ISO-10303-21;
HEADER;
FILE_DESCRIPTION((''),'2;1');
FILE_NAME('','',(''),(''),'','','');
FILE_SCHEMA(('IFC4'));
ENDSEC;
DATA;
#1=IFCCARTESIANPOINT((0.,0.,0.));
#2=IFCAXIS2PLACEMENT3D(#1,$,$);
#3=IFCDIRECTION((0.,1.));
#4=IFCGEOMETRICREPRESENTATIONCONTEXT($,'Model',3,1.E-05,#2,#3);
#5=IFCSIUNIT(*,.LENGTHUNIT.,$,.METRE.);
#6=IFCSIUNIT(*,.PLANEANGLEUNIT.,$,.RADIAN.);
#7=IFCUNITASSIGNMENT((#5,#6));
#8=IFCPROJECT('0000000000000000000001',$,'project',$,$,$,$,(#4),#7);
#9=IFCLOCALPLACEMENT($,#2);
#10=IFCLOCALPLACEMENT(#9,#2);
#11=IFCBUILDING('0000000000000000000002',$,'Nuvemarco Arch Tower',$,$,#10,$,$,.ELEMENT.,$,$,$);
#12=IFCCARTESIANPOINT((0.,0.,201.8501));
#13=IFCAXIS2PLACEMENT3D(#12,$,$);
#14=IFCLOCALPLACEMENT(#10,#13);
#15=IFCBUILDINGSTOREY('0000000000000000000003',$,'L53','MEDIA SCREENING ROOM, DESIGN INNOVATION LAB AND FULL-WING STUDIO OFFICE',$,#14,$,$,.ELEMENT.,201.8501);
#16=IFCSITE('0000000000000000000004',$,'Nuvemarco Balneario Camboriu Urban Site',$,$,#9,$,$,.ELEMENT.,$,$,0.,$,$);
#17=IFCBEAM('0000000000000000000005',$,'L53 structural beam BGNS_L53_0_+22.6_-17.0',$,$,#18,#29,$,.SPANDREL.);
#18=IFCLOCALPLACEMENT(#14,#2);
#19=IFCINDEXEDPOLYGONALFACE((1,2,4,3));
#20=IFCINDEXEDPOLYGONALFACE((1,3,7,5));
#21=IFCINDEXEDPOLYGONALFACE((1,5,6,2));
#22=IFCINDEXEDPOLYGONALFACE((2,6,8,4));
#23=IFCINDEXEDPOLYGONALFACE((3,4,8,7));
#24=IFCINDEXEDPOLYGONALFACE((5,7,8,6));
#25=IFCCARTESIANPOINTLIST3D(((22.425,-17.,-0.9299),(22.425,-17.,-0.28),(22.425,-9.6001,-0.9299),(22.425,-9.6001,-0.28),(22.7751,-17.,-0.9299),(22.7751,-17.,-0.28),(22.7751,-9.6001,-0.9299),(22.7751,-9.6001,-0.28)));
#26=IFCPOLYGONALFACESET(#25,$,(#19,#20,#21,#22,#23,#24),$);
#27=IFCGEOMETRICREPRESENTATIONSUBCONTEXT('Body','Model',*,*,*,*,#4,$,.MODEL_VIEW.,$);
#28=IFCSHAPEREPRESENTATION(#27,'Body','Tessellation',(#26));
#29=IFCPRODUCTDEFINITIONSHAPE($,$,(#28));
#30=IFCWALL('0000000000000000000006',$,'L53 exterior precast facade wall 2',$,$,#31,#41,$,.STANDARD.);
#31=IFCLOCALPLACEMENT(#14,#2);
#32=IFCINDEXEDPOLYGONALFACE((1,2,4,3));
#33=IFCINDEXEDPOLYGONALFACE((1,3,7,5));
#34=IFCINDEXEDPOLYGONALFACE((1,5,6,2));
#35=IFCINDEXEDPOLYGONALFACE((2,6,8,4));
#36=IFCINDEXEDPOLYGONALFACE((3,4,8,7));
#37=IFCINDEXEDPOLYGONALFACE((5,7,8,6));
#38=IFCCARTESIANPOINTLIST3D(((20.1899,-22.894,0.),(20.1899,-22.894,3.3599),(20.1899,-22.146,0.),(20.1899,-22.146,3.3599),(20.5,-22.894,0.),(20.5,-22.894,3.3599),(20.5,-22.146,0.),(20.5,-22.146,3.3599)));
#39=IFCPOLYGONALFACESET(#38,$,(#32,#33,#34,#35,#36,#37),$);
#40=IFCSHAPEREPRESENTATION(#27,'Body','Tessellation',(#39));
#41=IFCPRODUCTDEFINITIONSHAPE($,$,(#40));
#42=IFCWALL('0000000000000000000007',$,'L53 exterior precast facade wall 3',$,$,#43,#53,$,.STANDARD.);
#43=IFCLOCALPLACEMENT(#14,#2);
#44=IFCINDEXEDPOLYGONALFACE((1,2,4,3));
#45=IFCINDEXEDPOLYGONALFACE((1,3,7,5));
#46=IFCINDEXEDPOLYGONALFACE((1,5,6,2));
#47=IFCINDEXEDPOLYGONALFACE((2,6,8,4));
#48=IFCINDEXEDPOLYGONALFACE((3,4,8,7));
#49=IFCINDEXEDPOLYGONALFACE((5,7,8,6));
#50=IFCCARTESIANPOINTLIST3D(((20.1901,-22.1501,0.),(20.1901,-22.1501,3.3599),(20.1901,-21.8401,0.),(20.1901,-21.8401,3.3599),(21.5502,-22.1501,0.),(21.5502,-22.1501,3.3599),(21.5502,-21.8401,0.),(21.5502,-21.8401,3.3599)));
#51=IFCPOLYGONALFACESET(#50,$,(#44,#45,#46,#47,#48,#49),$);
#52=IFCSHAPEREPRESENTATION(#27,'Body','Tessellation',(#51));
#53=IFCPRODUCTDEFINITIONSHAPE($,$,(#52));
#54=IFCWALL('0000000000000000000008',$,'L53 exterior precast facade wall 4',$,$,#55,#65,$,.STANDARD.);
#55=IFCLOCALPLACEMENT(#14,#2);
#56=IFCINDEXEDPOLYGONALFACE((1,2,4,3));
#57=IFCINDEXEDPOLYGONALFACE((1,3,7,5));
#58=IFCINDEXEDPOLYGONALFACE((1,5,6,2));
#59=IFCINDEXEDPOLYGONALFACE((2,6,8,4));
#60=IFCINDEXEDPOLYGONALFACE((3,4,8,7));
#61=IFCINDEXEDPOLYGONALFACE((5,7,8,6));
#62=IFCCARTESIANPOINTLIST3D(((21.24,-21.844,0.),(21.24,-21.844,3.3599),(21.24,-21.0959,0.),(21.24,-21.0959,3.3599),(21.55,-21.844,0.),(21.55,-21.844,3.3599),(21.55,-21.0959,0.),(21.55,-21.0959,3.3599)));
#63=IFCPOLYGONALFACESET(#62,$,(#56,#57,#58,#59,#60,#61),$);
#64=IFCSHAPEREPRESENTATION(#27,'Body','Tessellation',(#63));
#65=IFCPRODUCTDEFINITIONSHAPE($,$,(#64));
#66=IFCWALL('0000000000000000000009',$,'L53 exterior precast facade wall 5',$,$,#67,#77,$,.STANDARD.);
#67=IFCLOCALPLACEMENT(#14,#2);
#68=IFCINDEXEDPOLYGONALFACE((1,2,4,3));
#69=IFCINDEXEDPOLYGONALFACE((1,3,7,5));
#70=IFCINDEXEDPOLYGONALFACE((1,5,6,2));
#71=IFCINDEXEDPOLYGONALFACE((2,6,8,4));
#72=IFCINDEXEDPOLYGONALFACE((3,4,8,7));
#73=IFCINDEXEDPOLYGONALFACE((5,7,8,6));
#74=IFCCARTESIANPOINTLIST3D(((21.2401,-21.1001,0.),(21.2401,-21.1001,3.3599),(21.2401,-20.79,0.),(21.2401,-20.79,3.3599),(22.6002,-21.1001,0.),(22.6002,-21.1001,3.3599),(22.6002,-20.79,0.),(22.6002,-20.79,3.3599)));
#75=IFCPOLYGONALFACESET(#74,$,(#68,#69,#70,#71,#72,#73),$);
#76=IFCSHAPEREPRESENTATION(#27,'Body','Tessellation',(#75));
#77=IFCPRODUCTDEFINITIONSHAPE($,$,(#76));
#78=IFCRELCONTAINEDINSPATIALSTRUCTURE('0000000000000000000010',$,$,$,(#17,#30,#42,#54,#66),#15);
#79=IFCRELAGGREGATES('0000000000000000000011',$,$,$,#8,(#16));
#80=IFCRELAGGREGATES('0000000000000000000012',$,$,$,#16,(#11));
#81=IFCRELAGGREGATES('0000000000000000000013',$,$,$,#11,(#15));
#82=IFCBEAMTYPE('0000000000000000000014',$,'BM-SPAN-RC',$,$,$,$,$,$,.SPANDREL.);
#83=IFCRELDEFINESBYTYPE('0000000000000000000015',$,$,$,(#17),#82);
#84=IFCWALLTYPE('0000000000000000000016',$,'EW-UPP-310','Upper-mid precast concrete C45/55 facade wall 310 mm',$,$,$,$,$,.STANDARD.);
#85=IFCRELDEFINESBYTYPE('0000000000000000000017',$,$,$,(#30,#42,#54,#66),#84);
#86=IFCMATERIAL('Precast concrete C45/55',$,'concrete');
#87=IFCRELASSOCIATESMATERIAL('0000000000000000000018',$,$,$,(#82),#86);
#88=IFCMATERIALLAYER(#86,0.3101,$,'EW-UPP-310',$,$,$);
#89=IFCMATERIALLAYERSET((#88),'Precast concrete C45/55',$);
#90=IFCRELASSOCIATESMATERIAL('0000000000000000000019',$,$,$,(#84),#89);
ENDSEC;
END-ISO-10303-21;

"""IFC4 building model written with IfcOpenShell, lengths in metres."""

from ifc_helpers import new_model, si_unit, direction, frame, frame_2d, origin, origin_2d, place, context, subcontext, project, spatial, rectangle, extrude, material, layer, layer_set, material_profile, profile_set, type_object, element, save


model = new_model("IFC4")

# Units and contexts
model_context = context("Model", 3, precision=1e-05, world=origin(), true_north=direction((0.0, 1.0)))
body_context = subcontext(model_context, "Body", "Model", "MODEL_VIEW")
ifc_project = project(units=[si_unit("LENGTHUNIT", "METRE"), si_unit("PLANEANGLEUNIT", "RADIAN")], contexts=[model_context])

# Site, building, storey
site_placement = place(None, origin())
site = spatial("IfcSite", under=ifc_project, at=site_placement, Name="Nuvemarco Balneario Camboriu Urban Site", CompositionType="ELEMENT", RefElevation=0.0)
building_placement = place(site_placement, origin())
building = spatial("IfcBuilding", under=site, at=building_placement, Name="Nuvemarco Arch Tower", CompositionType="ELEMENT")
storey_placement = place(building_placement, frame((0.0, 0.0, 201.8501)))
storey = spatial("IfcBuildingStorey", under=building, at=storey_placement, Name="L53", Description="MEDIA SCREENING ROOM, DESIGN INNOVATION LAB AND FULL-WING STUDIO OFFICE", CompositionType="ELEMENT", Elevation=201.8501)

# Beam
ifc_material_1 = material(Name="Precast concrete C45/55", Category="concrete")
ifc_material_profile_1 = material_profile(ifc_material_1, rectangle(XDim=0.3501, YDim=0.6499, at=origin_2d()), Name="PC-SP-350x650")
ifc_profile_set_1 = profile_set([ifc_material_profile_1], Name="Precast concrete C45/55")
beam_type_1 = type_object("IfcBeamType", Name="BM-SPAN-RC", PredefinedType="SPANDREL", material=ifc_profile_set_1)
beam_1_placement = place(storey_placement, frame((22.6001, -17.0, -0.605), z_axis=(0.0, 1.0, 0.0), x_axis=(-1.0, 0.0, 0.0)))
element("IfcBeam", 1, at=beam_1_placement, inside=storey, type_object=beam_type_1, Name="L53 structural beam BGNS_L53_0_+22.6_-17.0", PredefinedType="SPANDREL", context=body_context, shape_type="SweptSolid", body=[
    extrude(rectangle(XDim=0.3501, YDim=0.6499, at=origin_2d()), origin(), (0.0, 0.0, 1.0), 7.3999),
])

# Walls
ifc_layer_1 = layer(ifc_material_1, 0.3101, Name="EW-UPP-310")
ifc_layer_set_1 = layer_set([ifc_layer_1], Name="Precast concrete C45/55")
wall_type_1 = type_object("IfcWallType", Name="EW-UPP-310", Description="Upper-mid precast concrete C45/55 facade wall 310 mm", PredefinedType="STANDARD", material=ifc_layer_set_1)
wall_1_placement = place(storey_placement, frame((20.345, -22.894, 0.0), z_axis=(0.0, 0.0, 1.0), x_axis=(0.0, 1.0, 0.0)))
element("IfcWall", 2, at=wall_1_placement, inside=storey, type_object=wall_type_1, Name="L53 exterior precast facade wall 2", PredefinedType="STANDARD", context=body_context, shape_type="SweptSolid", body=[
    extrude(rectangle(XDim=0.748, YDim=0.3101, at=frame_2d((0.374, 0.0))), origin(), (0.0, 0.0, 1.0), 3.3599),
])
wall_2_placement = place(storey_placement, frame((20.1899, -21.9951, 0.0), z_axis=(0.0, 0.0, 1.0), x_axis=(1.0, 0.0, 0.0)))
element("IfcWall", 3, at=wall_2_placement, inside=storey, type_object=wall_type_1, Name="L53 exterior precast facade wall 3", PredefinedType="STANDARD", context=body_context, shape_type="SweptSolid", body=[
    extrude(rectangle(XDim=1.3601, YDim=0.3101, at=frame_2d((0.6802, 0.0))), origin(), (0.0, 0.0, 1.0), 3.3599),
])
wall_3_placement = place(storey_placement, frame((21.395, -21.844, 0.0), z_axis=(0.0, 0.0, 1.0), x_axis=(0.0, 1.0, 0.0)))
element("IfcWall", 4, at=wall_3_placement, inside=storey, type_object=wall_type_1, Name="L53 exterior precast facade wall 4", PredefinedType="STANDARD", context=body_context, shape_type="SweptSolid", body=[
    extrude(rectangle(XDim=0.748, YDim=0.3101, at=frame_2d((0.374, 0.0))), origin(), (0.0, 0.0, 1.0), 3.3599),
])
wall_4_placement = place(storey_placement, frame((21.24, -20.9451, 0.0), z_axis=(0.0, 0.0, 1.0), x_axis=(1.0, 0.0, 0.0)))
element("IfcWall", 5, at=wall_4_placement, inside=storey, type_object=wall_type_1, Name="L53 exterior precast facade wall 5", PredefinedType="STANDARD", context=body_context, shape_type="SweptSolid", body=[
    extrude(rectangle(XDim=1.3601, YDim=0.3101, at=frame_2d((0.6802, 0.0))), origin(), (0.0, 0.0, 1.0), 3.3599),
])

save(model, "model.ifc")
